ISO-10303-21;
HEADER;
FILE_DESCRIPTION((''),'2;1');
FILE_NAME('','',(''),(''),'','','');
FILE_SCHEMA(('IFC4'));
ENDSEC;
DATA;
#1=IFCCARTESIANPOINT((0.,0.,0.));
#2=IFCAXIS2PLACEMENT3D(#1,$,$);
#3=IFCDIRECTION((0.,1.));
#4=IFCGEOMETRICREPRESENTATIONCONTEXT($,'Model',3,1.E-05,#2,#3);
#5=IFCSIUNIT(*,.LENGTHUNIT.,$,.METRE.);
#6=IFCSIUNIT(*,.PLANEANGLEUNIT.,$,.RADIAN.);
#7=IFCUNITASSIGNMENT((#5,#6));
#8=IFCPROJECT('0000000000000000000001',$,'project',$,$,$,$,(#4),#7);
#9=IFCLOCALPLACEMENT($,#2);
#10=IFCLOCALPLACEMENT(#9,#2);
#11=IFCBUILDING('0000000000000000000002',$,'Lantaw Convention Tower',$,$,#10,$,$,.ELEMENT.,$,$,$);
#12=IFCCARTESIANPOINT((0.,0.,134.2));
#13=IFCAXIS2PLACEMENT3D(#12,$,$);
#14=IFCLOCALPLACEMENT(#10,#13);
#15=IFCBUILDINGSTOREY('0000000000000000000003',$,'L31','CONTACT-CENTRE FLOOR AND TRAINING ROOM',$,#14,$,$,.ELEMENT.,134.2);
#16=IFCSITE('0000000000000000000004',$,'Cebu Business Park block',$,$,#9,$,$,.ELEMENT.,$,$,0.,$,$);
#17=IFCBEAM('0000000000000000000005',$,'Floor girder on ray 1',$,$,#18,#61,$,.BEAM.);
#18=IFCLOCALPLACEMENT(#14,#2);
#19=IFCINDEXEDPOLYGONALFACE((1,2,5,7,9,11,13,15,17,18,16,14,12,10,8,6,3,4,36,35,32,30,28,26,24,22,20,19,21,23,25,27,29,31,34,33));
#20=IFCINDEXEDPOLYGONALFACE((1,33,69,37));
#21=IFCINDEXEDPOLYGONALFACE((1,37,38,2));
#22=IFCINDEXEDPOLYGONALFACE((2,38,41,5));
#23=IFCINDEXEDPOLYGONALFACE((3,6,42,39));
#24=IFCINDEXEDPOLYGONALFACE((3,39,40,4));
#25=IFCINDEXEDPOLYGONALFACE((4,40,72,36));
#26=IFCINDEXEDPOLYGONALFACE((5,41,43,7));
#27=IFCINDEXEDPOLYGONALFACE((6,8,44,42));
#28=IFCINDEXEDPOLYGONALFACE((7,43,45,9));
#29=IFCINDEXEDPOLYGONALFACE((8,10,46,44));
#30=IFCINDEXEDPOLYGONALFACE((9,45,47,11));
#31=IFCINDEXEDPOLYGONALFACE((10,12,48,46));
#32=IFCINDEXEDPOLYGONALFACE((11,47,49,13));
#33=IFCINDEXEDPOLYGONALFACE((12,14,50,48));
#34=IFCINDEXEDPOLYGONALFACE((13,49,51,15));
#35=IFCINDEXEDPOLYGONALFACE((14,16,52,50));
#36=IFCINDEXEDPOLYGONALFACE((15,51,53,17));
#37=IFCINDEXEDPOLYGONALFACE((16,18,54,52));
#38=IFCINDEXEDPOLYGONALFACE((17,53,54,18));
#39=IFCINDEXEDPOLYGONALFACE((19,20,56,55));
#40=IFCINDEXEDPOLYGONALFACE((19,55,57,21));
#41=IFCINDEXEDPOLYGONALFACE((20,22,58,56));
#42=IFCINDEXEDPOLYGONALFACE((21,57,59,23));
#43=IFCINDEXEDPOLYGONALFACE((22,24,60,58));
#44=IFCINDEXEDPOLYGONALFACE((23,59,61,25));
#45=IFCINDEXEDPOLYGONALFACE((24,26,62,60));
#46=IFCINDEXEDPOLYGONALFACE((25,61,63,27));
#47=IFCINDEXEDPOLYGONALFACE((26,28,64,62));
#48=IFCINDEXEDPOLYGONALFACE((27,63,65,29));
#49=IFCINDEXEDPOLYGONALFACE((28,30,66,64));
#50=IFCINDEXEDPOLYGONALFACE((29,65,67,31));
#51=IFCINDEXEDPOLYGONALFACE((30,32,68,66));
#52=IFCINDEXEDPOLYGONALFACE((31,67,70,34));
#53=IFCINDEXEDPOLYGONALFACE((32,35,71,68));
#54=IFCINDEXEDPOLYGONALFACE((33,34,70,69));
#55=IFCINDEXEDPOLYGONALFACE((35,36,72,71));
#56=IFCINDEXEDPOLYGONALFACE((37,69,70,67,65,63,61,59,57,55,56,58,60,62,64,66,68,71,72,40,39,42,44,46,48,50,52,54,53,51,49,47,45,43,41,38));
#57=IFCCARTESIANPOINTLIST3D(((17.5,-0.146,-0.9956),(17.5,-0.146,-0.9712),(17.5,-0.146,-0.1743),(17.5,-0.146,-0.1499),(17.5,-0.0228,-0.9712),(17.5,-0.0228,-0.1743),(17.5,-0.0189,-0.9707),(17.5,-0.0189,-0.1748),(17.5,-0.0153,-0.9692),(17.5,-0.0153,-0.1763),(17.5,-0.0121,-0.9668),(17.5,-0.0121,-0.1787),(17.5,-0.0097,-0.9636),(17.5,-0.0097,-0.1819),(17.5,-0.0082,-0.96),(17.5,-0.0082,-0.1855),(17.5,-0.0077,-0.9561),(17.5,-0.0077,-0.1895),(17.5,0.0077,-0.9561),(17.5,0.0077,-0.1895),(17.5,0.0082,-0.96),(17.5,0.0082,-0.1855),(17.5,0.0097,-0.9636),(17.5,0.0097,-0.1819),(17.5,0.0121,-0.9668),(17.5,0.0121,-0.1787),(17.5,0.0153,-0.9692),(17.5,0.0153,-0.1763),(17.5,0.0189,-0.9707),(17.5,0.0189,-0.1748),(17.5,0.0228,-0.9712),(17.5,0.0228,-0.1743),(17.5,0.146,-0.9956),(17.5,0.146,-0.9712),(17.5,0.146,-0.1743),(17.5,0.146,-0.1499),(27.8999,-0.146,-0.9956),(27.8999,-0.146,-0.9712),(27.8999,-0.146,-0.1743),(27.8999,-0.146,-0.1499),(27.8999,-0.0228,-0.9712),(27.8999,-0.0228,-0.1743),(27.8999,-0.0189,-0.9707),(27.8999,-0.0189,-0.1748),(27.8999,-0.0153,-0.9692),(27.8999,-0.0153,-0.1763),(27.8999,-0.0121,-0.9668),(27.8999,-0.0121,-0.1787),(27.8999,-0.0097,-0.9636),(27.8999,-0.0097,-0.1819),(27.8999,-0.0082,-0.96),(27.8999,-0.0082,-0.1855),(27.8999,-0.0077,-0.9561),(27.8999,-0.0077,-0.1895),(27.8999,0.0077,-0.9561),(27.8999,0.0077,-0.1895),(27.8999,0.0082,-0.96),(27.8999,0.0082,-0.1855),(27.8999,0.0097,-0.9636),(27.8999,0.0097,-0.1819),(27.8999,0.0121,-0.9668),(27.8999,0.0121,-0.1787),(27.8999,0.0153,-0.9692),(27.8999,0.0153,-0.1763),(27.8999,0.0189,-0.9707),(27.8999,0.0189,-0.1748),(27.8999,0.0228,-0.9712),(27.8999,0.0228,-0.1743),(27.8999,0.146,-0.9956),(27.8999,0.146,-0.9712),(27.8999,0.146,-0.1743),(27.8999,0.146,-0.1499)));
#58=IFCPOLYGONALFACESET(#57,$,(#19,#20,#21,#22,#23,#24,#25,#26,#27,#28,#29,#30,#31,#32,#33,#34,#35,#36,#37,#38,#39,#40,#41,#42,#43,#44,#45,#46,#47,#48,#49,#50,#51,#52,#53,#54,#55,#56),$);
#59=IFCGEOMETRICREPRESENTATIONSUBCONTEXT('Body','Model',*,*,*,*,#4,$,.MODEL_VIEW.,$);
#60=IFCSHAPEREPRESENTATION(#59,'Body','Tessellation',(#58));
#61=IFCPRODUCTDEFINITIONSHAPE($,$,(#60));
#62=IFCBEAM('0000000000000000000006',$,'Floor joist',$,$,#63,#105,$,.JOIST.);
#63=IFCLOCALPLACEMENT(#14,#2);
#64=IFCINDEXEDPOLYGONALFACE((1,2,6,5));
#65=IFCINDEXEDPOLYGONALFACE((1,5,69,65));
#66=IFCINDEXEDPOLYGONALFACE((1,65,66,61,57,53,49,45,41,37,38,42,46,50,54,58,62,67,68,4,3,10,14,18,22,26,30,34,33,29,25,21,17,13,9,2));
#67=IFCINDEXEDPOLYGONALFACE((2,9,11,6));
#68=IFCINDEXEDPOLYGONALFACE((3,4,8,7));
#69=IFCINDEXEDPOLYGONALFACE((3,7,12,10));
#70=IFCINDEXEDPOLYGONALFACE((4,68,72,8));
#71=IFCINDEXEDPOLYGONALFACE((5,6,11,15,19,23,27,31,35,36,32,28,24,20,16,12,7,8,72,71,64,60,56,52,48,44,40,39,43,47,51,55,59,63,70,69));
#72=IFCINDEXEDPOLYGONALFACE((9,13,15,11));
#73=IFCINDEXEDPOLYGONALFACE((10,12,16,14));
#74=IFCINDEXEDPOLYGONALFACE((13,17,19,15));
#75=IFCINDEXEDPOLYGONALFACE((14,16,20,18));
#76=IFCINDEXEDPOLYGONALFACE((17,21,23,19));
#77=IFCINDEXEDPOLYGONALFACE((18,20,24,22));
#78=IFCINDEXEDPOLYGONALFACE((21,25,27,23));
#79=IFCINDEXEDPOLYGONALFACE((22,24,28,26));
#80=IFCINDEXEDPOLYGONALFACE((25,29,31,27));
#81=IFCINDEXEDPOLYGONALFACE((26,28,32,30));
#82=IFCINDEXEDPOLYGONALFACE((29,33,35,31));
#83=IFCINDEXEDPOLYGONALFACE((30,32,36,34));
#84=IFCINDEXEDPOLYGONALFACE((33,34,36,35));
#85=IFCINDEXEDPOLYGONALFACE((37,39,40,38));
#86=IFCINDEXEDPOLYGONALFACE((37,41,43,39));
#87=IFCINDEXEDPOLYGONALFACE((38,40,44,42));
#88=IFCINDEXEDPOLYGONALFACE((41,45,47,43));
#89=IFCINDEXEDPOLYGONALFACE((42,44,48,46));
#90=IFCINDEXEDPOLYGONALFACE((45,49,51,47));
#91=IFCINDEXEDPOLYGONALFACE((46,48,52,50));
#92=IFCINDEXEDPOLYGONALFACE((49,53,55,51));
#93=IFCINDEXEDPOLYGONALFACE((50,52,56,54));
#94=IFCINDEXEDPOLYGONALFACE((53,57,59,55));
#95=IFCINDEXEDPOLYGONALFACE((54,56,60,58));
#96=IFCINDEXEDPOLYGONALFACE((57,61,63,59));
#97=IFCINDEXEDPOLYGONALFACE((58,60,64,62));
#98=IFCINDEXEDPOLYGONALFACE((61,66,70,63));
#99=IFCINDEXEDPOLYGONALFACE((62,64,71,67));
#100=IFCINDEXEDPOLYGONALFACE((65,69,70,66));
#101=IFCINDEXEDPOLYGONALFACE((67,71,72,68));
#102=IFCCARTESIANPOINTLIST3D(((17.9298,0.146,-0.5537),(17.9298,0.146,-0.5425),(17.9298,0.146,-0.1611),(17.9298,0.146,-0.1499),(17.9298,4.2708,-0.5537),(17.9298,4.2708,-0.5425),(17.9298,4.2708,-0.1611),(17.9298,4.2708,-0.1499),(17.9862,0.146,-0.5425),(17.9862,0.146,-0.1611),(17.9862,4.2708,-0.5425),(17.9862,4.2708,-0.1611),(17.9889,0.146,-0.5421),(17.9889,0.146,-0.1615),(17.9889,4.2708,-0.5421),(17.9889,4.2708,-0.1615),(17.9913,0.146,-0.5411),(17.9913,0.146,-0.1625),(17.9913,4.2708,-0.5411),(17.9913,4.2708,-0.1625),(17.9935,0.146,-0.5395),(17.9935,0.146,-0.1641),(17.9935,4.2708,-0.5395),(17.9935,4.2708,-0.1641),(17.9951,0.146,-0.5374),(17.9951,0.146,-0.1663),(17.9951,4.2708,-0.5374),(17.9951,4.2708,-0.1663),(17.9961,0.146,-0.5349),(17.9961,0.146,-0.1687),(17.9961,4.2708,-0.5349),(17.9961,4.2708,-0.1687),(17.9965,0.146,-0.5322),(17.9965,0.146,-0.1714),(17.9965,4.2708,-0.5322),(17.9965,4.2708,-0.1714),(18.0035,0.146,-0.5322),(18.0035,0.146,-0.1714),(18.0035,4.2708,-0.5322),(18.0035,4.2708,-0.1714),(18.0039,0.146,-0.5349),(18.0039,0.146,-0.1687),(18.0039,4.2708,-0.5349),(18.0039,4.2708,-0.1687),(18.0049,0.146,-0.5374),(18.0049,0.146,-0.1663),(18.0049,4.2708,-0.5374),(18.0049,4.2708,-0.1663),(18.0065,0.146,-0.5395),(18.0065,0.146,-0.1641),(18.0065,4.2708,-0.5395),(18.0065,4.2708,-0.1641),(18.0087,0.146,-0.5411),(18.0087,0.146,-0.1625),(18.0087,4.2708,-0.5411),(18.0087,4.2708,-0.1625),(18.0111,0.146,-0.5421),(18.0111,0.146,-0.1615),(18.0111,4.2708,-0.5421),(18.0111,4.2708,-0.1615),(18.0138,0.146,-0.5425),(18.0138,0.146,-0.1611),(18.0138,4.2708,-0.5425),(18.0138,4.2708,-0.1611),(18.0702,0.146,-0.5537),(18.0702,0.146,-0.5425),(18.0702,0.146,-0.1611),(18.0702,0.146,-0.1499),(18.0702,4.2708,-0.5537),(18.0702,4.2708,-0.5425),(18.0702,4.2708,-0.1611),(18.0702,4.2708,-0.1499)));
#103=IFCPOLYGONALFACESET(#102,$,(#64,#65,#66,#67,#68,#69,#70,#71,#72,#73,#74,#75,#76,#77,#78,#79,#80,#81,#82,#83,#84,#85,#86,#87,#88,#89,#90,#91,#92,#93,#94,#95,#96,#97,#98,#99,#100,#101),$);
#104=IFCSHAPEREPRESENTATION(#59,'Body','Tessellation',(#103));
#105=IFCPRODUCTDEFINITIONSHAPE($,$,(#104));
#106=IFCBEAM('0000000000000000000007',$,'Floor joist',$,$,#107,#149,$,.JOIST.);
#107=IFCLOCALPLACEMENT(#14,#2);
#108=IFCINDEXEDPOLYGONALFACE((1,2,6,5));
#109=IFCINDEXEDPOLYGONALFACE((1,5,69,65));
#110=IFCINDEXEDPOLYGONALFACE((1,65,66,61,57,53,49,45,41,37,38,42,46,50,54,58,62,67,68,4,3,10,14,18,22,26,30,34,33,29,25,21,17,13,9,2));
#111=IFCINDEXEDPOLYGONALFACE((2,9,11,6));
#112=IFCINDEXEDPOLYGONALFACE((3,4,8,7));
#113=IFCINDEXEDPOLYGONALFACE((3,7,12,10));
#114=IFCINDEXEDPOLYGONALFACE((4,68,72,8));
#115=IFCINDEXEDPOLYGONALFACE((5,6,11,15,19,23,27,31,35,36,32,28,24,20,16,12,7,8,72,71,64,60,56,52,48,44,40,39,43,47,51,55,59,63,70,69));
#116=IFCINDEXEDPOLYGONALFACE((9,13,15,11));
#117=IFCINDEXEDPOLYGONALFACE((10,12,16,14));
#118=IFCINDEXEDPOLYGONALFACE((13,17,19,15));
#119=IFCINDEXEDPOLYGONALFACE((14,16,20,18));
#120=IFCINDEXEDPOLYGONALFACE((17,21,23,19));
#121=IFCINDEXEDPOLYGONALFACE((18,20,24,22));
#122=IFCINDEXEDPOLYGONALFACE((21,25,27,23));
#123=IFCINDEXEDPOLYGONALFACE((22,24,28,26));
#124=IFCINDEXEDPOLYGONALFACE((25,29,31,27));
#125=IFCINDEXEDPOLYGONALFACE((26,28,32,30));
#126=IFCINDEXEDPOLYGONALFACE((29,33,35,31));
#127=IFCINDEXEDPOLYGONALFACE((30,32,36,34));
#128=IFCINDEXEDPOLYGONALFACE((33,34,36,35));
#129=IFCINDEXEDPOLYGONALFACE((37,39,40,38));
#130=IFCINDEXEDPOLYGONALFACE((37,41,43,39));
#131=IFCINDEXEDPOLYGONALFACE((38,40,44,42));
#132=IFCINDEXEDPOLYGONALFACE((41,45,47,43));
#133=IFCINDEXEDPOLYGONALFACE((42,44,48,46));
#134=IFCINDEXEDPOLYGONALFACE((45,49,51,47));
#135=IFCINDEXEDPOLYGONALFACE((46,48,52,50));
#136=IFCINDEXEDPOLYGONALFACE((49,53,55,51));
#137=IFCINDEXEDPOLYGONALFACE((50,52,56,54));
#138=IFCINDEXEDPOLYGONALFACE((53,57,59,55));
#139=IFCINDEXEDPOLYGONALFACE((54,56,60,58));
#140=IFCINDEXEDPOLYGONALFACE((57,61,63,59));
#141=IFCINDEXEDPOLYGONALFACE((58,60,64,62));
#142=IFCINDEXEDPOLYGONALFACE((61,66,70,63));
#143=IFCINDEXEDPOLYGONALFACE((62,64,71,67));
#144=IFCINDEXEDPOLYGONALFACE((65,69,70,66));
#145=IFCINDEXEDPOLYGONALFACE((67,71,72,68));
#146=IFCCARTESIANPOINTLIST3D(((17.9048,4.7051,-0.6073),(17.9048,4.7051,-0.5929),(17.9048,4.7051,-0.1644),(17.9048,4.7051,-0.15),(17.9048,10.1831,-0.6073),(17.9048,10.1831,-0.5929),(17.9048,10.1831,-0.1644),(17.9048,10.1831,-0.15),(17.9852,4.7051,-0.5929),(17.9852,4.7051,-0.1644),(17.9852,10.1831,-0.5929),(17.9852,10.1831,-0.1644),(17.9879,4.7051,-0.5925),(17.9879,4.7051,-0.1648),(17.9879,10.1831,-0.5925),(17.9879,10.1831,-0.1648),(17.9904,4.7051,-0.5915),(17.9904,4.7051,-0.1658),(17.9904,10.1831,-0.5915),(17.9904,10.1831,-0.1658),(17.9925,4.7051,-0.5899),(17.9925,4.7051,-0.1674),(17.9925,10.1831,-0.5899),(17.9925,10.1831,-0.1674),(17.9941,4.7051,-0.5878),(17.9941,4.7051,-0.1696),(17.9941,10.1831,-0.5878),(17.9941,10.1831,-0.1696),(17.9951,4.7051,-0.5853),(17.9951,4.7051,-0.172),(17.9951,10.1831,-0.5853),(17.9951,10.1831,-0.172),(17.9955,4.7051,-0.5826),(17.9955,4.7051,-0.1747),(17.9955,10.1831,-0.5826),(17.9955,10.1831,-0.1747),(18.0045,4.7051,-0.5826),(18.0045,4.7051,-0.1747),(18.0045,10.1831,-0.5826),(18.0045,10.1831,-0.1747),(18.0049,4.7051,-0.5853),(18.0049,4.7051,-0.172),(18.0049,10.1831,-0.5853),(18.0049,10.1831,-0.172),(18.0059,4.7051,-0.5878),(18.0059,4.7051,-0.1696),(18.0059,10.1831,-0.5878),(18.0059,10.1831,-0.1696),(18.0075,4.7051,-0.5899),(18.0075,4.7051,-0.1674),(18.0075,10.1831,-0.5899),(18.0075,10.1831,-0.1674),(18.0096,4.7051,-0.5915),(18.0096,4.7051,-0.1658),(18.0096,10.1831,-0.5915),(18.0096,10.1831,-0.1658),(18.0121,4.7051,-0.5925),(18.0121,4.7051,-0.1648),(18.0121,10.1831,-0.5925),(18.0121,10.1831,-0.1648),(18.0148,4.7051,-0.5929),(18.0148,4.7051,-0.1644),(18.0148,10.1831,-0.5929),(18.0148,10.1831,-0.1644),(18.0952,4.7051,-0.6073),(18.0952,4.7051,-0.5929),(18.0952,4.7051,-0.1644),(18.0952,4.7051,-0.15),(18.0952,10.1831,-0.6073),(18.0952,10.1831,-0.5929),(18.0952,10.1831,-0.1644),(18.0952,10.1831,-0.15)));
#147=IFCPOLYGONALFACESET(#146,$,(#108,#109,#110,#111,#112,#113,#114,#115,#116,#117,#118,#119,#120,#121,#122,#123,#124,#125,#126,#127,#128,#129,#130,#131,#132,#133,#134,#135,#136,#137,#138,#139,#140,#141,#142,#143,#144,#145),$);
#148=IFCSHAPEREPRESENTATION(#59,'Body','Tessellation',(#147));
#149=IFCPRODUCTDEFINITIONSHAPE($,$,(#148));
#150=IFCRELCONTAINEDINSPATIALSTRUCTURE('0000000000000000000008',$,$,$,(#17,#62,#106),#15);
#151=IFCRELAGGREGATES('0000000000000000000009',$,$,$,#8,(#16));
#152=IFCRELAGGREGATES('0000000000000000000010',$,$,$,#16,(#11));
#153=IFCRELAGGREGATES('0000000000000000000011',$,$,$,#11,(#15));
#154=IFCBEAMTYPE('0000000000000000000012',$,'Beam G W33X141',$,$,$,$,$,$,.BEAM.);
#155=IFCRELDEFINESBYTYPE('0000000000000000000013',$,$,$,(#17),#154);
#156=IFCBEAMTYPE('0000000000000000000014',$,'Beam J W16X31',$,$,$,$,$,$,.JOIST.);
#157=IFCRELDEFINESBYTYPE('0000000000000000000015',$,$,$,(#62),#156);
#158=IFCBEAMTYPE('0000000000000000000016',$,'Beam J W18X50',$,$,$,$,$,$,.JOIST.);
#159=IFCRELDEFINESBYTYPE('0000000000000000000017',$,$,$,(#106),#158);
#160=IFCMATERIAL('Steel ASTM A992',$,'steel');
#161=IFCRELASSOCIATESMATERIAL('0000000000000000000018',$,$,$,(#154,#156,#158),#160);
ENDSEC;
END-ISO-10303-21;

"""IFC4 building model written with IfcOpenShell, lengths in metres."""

from ifc_helpers import new_model, si_unit, direction, frame, origin, origin_2d, place, context, subcontext, project, spatial, i_section, extrude, material, material_profile, profile_set, type_object, element, save


model = new_model("IFC4")

# Units and contexts
model_context = context("Model", 3, precision=1e-05, world=origin(), true_north=direction((0.0, 1.0)))
body_context = subcontext(model_context, "Body", "Model", "MODEL_VIEW")
ifc_project = project(units=[si_unit("LENGTHUNIT", "METRE"), si_unit("PLANEANGLEUNIT", "RADIAN")], contexts=[model_context])

# Site, building, storey
site_placement = place(None, origin())
site = spatial("IfcSite", under=ifc_project, at=site_placement, Name="Cebu Business Park block", CompositionType="ELEMENT", RefElevation=0.0)
building_placement = place(site_placement, origin())
building = spatial("IfcBuilding", under=site, at=building_placement, Name="Lantaw Convention Tower", CompositionType="ELEMENT")
storey_placement = place(building_placement, frame((0.0, 0.0, 134.2)))
storey = spatial("IfcBuildingStorey", under=building, at=storey_placement, Name="L31", Description="CONTACT-CENTRE FLOOR AND TRAINING ROOM", CompositionType="ELEMENT", Elevation=134.2)

# Beams
ifc_material_1 = material(Name="Steel ASTM A992", Category="steel")
ifc_material_profile_1 = material_profile(ifc_material_1, i_section(OverallWidth=0.292, OverallDepth=0.8457, WebThickness=0.0154, FlangeThickness=0.0244, FilletRadius=0.0151, at=origin_2d()), Name="W33X141")
ifc_profile_set_1 = profile_set([ifc_material_profile_1], Name="Steel ASTM A992")
beam_type_1 = type_object("IfcBeamType", Name="Beam G W33X141", PredefinedType="BEAM", material=ifc_profile_set_1)
beam_1_placement = place(storey_placement, frame((17.5, 0.0, -0.5728), z_axis=(1.0, 0.0, 0.0), x_axis=(0.0, 1.0, 0.0)))
element("IfcBeam", 1, at=beam_1_placement, inside=storey, type_object=beam_type_1, Name="Floor girder on ray 1", PredefinedType="BEAM", context=body_context, shape_type="SweptSolid", body=[
    extrude(i_section(OverallWidth=0.292, OverallDepth=0.8457, WebThickness=0.0154, FlangeThickness=0.0244, FilletRadius=0.0151, at=origin_2d()), origin(), (0.0, 0.0, 1.0), 10.3999),
])
ifc_material_profile_2 = material_profile(ifc_material_1, i_section(OverallWidth=0.1404, OverallDepth=0.4038, WebThickness=0.0071, FlangeThickness=0.0112, FilletRadius=0.0103, at=origin_2d()), Name="W16X31")
ifc_profile_set_2 = profile_set([ifc_material_profile_2], Name="Steel ASTM A992")
beam_type_2 = type_object("IfcBeamType", Name="Beam J W16X31", PredefinedType="JOIST", material=ifc_profile_set_2)
beam_2_placement = place(storey_placement, frame((18.0, 0.146, -0.3518), z_axis=(0.0, 1.0, 0.0), x_axis=(-1.0, 0.0, 0.0)))
element("IfcBeam", 2, at=beam_2_placement, inside=storey, type_object=beam_type_2, Name="Floor joist", PredefinedType="JOIST", context=body_context, shape_type="SweptSolid", body=[
    extrude(i_section(OverallWidth=0.1404, OverallDepth=0.4038, WebThickness=0.0071, FlangeThickness=0.0112, FilletRadius=0.0103, at=origin_2d()), origin(), (0.0, 0.0, 1.0), 4.1248),
])
ifc_material_profile_3 = material_profile(ifc_material_1, i_section(OverallWidth=0.1904, OverallDepth=0.4573, WebThickness=0.009, FlangeThickness=0.0144, FilletRadius=0.0103, at=origin_2d()), Name="W18X50")
ifc_profile_set_3 = profile_set([ifc_material_profile_3], Name="Steel ASTM A992")
beam_type_3 = type_object("IfcBeamType", Name="Beam J W18X50", PredefinedType="JOIST", material=ifc_profile_set_3)
beam_3_placement = place(storey_placement, frame((18.0, 4.7051, -0.3787), z_axis=(0.0, 1.0, 0.0), x_axis=(-1.0, 0.0, 0.0)))
element("IfcBeam", 3, at=beam_3_placement, inside=storey, type_object=beam_type_3, Name="Floor joist", PredefinedType="JOIST", context=body_context, shape_type="SweptSolid", body=[
    extrude(i_section(OverallWidth=0.1904, OverallDepth=0.4573, WebThickness=0.009, FlangeThickness=0.0144, FilletRadius=0.0103, at=origin_2d()), origin(), (0.0, 0.0, 1.0), 5.478),
])

save(model, "model.ifc")
